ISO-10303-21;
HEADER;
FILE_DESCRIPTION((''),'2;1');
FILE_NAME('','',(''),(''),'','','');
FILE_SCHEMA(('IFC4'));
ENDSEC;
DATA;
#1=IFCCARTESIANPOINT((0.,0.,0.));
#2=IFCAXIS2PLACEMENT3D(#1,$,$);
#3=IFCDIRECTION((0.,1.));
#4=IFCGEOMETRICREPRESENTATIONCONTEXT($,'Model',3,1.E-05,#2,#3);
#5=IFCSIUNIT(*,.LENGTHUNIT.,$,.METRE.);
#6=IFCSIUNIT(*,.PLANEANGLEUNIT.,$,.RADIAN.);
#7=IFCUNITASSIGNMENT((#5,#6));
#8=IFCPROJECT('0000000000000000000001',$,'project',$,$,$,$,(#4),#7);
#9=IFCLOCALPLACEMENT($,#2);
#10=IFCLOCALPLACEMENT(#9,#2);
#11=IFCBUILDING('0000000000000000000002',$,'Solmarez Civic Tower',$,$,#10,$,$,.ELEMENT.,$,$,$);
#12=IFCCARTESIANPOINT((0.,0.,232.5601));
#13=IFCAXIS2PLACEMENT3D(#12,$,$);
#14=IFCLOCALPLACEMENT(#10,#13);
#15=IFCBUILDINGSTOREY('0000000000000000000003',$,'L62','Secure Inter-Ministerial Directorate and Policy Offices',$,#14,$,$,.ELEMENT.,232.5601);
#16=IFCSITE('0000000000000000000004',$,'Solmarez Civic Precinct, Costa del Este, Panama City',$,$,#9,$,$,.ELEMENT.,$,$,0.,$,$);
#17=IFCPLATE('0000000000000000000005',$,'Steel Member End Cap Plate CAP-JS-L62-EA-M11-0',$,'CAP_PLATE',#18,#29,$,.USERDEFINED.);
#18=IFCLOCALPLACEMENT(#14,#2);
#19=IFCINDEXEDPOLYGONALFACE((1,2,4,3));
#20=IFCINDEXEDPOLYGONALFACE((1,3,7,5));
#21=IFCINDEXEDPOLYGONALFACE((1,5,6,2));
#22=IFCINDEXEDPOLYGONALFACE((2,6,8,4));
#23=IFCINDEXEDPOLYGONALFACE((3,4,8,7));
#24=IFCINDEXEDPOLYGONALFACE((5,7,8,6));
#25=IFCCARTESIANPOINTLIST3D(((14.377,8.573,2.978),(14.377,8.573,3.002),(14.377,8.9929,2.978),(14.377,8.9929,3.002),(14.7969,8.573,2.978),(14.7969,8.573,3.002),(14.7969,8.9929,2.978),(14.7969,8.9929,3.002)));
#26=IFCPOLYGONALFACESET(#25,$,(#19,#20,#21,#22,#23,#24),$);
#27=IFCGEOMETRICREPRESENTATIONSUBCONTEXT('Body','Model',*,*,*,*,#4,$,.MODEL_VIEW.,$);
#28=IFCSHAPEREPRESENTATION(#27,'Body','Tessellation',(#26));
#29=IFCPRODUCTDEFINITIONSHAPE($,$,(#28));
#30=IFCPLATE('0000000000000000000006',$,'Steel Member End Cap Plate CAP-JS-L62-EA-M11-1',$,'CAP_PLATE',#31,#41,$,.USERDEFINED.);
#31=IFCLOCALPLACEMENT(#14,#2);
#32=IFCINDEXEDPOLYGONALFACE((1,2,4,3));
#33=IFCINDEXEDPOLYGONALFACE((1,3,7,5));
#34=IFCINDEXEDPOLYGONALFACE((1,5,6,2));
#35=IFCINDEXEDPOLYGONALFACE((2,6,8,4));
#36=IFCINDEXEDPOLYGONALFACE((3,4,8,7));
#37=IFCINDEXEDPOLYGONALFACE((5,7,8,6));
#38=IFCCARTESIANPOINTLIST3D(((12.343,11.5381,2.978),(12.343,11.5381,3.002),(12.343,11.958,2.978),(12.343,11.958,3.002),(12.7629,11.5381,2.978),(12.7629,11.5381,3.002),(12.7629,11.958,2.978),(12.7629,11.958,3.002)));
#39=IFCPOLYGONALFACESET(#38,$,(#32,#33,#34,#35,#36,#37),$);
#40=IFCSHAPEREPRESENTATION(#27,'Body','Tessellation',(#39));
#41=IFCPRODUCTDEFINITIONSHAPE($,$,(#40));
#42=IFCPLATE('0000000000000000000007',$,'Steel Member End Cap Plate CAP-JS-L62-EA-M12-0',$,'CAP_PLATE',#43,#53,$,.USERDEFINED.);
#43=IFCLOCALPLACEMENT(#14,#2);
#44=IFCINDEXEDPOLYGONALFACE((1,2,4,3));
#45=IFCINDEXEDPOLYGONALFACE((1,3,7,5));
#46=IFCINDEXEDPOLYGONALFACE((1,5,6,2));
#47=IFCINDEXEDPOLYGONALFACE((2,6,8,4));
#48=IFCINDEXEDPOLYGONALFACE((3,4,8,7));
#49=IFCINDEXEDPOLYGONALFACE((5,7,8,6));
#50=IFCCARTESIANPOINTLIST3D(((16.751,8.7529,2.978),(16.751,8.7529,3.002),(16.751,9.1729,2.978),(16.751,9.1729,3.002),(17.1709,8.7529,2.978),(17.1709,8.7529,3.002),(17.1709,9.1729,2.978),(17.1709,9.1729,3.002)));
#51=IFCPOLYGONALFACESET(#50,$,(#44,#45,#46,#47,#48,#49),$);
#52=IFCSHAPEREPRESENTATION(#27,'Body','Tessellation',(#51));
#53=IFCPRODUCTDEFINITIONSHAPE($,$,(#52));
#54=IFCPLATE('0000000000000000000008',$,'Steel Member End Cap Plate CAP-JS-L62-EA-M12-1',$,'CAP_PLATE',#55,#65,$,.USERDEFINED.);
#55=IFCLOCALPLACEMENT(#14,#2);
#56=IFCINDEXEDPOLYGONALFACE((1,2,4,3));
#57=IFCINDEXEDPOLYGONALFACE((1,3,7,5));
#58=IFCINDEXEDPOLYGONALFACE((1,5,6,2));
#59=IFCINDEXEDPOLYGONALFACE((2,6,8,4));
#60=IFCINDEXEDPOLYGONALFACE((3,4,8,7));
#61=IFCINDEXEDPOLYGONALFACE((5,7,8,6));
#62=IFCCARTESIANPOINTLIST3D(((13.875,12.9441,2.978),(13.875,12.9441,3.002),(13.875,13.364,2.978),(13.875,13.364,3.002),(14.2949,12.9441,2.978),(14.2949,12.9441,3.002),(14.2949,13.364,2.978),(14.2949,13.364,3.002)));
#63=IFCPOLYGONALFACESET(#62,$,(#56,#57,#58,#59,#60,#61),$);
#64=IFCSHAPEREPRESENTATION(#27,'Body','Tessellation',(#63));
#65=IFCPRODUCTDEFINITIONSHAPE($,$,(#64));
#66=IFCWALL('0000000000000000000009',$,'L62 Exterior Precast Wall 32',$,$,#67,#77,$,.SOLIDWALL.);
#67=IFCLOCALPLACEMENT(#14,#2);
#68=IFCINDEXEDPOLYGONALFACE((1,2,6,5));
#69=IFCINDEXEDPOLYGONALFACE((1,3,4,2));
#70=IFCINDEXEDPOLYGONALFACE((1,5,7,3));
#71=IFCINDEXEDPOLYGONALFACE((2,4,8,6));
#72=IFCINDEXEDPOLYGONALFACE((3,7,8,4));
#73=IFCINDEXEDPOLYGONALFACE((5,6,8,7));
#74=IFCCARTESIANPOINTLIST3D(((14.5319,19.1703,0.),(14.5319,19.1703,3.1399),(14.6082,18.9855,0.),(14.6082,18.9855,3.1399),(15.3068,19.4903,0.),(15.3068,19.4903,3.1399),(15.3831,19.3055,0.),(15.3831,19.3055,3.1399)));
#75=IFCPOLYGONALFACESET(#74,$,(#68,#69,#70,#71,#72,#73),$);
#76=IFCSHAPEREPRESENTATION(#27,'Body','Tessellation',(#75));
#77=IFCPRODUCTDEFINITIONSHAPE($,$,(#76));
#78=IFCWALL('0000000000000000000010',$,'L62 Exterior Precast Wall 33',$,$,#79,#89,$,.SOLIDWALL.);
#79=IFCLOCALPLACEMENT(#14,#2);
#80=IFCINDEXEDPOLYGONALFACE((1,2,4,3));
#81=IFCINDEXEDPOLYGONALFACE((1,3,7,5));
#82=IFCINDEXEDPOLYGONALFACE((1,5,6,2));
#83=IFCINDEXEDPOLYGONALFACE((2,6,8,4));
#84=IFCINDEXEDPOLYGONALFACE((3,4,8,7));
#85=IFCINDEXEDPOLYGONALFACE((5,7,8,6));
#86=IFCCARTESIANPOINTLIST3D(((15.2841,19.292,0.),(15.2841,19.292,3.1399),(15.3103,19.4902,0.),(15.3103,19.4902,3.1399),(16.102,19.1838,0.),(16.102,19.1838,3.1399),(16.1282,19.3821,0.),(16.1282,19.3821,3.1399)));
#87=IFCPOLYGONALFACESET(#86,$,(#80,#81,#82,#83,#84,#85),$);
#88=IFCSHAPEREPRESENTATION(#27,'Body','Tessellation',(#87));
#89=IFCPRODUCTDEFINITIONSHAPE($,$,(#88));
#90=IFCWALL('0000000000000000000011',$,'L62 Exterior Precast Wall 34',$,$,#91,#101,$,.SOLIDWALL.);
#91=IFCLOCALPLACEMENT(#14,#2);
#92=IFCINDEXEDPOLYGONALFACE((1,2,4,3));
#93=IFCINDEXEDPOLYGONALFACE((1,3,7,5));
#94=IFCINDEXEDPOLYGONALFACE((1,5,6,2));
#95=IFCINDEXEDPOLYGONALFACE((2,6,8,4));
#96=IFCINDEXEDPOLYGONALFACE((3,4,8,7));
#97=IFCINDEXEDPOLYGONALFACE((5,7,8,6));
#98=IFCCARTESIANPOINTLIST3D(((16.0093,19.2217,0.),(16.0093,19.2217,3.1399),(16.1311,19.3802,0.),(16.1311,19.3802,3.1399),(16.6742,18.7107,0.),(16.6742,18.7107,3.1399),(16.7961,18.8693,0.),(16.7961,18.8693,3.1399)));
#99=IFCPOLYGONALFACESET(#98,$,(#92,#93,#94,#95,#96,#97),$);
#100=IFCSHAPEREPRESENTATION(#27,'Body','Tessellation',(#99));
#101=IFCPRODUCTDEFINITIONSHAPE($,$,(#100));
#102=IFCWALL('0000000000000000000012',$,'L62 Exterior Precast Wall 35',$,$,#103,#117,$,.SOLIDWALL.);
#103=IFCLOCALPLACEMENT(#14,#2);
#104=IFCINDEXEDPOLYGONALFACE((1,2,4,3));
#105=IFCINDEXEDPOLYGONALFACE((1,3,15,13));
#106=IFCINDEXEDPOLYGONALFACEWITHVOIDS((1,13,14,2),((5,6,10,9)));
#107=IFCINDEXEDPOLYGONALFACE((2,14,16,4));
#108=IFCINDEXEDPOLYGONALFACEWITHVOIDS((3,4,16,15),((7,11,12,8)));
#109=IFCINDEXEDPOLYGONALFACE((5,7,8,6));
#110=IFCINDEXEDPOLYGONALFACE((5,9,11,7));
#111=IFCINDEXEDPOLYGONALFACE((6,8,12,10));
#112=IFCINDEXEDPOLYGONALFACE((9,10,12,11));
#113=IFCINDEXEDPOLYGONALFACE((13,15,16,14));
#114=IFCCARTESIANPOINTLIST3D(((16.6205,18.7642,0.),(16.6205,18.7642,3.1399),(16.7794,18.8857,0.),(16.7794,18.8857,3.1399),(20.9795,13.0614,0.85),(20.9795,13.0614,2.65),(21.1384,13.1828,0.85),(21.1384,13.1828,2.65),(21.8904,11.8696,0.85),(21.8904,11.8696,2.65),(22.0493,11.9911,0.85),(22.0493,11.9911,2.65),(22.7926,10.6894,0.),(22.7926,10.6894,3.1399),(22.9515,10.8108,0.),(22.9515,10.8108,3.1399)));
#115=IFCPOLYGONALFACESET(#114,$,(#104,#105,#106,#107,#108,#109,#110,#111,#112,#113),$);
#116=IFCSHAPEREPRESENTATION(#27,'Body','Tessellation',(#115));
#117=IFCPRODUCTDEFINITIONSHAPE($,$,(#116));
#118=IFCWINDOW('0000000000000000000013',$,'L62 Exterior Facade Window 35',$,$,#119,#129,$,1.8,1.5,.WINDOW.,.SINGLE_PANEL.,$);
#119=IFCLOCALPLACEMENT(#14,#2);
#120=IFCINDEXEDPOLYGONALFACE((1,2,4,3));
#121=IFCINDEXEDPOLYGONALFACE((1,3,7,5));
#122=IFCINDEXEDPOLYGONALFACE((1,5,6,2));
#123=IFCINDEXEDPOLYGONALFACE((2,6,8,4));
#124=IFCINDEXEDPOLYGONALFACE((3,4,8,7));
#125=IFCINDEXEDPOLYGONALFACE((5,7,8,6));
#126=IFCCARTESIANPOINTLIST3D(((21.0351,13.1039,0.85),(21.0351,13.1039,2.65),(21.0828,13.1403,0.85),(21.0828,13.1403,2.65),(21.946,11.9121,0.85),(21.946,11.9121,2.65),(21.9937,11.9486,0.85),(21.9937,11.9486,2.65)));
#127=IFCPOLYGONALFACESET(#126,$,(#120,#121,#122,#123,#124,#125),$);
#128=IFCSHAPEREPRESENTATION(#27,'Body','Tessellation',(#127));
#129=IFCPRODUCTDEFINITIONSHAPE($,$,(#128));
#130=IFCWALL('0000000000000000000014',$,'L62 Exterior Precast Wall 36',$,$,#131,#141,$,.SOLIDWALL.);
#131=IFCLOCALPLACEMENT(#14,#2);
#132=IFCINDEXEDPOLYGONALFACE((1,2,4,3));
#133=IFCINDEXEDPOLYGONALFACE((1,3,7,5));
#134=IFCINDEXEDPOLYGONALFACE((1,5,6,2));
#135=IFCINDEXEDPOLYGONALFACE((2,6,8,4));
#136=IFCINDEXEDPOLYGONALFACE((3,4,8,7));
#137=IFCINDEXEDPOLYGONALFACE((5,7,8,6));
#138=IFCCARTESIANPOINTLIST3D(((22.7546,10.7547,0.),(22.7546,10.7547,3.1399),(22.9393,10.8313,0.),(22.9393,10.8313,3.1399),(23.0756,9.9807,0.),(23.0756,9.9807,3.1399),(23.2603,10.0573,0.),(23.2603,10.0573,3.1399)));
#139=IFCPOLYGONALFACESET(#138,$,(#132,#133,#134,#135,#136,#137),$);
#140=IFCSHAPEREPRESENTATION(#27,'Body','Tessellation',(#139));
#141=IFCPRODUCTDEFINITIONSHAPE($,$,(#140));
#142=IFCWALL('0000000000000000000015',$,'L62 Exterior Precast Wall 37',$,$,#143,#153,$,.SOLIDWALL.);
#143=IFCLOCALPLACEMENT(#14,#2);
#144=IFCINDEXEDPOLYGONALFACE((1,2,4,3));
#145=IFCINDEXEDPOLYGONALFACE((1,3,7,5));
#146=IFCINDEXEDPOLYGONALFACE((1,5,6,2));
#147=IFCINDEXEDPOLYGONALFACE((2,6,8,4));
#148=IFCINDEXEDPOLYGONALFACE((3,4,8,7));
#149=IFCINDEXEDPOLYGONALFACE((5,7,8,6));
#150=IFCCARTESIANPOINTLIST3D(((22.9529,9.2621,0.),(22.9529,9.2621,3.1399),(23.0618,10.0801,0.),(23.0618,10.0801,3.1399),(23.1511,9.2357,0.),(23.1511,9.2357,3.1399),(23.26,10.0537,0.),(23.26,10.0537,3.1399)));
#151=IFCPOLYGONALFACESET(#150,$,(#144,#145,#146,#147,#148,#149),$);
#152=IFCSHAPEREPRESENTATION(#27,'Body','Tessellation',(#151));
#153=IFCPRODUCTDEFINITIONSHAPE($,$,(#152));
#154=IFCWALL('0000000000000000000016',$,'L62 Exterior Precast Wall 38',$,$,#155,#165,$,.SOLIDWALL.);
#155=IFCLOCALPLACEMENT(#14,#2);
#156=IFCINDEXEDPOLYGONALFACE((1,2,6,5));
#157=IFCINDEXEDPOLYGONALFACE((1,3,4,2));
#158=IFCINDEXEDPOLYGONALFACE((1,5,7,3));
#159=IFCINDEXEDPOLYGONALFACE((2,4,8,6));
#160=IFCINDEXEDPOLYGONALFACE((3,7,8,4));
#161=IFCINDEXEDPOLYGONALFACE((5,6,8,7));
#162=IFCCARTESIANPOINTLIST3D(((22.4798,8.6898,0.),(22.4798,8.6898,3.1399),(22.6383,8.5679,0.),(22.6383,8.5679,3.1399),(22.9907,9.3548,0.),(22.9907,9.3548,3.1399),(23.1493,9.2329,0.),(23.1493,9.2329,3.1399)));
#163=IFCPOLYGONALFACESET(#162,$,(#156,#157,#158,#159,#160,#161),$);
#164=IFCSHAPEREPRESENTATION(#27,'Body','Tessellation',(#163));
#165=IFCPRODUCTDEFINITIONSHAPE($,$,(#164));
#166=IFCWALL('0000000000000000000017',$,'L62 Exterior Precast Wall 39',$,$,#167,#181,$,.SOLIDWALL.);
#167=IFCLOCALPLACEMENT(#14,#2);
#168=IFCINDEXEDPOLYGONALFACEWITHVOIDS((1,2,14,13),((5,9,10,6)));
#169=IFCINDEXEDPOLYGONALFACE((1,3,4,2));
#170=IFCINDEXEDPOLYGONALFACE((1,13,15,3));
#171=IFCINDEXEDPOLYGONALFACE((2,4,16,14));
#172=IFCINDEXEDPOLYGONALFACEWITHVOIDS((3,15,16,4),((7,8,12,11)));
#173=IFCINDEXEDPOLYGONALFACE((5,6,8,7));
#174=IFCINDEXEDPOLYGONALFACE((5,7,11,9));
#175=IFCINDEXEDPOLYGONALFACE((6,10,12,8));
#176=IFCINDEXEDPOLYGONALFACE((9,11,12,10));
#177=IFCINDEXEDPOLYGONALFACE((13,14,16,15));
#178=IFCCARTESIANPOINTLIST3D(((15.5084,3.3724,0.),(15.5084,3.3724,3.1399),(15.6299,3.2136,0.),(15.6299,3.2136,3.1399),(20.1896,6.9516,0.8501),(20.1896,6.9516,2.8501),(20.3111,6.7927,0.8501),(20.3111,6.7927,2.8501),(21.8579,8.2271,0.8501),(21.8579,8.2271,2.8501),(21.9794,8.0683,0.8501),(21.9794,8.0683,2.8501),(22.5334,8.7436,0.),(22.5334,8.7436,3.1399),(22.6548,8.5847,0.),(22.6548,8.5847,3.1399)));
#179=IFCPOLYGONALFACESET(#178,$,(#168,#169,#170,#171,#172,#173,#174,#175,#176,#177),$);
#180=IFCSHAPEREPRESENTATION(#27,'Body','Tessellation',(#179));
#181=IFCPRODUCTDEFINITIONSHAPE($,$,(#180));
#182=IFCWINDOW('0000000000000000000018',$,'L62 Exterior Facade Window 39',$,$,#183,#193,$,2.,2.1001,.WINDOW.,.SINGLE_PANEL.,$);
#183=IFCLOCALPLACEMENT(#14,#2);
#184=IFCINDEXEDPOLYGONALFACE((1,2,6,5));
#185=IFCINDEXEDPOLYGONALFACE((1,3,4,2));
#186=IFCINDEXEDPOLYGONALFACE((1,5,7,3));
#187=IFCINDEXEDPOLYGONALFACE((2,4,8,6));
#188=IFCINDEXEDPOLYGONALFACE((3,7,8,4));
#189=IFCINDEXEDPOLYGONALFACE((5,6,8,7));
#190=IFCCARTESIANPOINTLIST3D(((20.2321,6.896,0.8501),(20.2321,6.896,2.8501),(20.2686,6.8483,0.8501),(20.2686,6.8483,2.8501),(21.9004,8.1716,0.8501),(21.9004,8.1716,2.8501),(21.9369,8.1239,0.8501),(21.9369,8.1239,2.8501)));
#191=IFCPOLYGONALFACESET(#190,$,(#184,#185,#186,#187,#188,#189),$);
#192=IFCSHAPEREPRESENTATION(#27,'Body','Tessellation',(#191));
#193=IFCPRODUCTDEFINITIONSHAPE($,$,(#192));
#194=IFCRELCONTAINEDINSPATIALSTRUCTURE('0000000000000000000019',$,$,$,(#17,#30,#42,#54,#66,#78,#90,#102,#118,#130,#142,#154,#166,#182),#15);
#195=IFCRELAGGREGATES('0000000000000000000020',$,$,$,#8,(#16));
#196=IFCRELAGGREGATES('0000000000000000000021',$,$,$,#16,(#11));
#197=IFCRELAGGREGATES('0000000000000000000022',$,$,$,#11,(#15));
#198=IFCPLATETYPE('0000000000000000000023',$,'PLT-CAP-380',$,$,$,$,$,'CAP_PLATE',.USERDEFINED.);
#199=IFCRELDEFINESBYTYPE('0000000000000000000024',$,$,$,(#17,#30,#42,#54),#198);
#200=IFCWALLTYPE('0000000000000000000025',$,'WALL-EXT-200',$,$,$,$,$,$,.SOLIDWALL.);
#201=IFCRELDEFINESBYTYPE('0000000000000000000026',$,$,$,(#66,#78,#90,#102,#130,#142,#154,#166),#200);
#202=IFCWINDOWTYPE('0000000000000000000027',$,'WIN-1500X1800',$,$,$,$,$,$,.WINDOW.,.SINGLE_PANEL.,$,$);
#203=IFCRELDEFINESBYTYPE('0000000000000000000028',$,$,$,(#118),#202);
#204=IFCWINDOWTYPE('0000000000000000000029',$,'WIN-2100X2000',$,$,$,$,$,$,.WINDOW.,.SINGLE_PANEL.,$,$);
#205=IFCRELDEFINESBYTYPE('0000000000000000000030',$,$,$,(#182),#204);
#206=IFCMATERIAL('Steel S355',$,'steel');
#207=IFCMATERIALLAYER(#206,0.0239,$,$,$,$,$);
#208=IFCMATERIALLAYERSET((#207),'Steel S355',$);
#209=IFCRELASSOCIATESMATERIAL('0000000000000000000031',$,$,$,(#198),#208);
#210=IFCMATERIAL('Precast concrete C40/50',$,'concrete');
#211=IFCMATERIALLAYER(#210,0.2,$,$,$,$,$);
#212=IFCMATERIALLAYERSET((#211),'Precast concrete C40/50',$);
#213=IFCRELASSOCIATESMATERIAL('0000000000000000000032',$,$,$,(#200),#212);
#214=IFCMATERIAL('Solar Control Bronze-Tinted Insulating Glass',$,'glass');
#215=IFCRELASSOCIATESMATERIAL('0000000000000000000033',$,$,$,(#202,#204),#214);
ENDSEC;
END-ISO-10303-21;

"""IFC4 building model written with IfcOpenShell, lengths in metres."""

from ifc_helpers import new_model, si_unit, direction, frame, frame_2d, origin, origin_2d, place, context, subcontext, project, spatial, rectangle, extrude, material, layer, layer_set, type_object, element, fill, save


model = new_model("IFC4")

# Units and contexts
model_context = context("Model", 3, precision=1e-05, world=origin(), true_north=direction((0.0, 1.0)))
body_context = subcontext(model_context, "Body", "Model", "MODEL_VIEW")
ifc_project = project(units=[si_unit("LENGTHUNIT", "METRE"), si_unit("PLANEANGLEUNIT", "RADIAN")], contexts=[model_context])

# Site, building, storey
site_placement = place(None, origin())
site = spatial("IfcSite", under=ifc_project, at=site_placement, Name="Solmarez Civic Precinct, Costa del Este, Panama City", CompositionType="ELEMENT", RefElevation=0.0)
building_placement = place(site_placement, origin())
building = spatial("IfcBuilding", under=site, at=building_placement, Name="Solmarez Civic Tower", CompositionType="ELEMENT")
storey_placement = place(building_placement, frame((0.0, 0.0, 232.5601)))
storey = spatial("IfcBuildingStorey", under=building, at=storey_placement, Name="L62", Description="Secure Inter-Ministerial Directorate and Policy Offices", CompositionType="ELEMENT", Elevation=232.5601)

# Shared definitions
ifc_material_1 = material(Name="Steel S355", Category="steel")

# Plates
ifc_layer_1 = layer(ifc_material_1, 0.0239)
ifc_layer_set_1 = layer_set([ifc_layer_1], Name="Steel S355")
plate_type_1 = type_object("IfcPlateType", Name="PLT-CAP-380", ElementType="CAP_PLATE", PredefinedType="USERDEFINED", material=ifc_layer_set_1)
for number, where, z_axis, x_axis, name in (
    (1, (14.5869, 8.783, 2.978), (0.0, 0.0, 1.0), (1.0, 0.0, 0.0), "Steel Member End Cap Plate CAP-JS-L62-EA-M11-0"),
    (2, (12.553, 11.748, 2.978), (0.0, 0.0, 1.0), (1.0, 0.0, 0.0), "Steel Member End Cap Plate CAP-JS-L62-EA-M11-1"),
    (3, (16.9609, 8.9629, 2.978), (0.0, 0.0, 1.0), (1.0, 0.0, 0.0), "Steel Member End Cap Plate CAP-JS-L62-EA-M12-0"),
    (4, (14.085, 13.1541, 2.978), (0.0, 0.0, 1.0), (1.0, 0.0, 0.0), "Steel Member End Cap Plate CAP-JS-L62-EA-M12-1"),
):
    element("IfcPlate", number, at=place(storey_placement, frame(where, z_axis=z_axis, x_axis=x_axis)), inside=storey, type_object=plate_type_1, Name=name, ObjectType="CAP_PLATE", PredefinedType="USERDEFINED", context=body_context, shape_type="SweptSolid", body=[
        extrude(rectangle(XDim=0.4199, YDim=0.4199, at=origin_2d()), origin(), (0.0, 0.0, 1.0), 0.0239),
    ])

# Walls
ifc_material_2 = material(Name="Precast concrete C40/50", Category="concrete")
ifc_layer_2 = layer(ifc_material_2, 0.2)
ifc_layer_set_2 = layer_set([ifc_layer_2], Name="Precast concrete C40/50")
wall_type_1 = type_object("IfcWallType", Name="WALL-EXT-200", PredefinedType="SOLIDWALL", material=ifc_layer_set_2)
wall_1_placement = place(storey_placement, frame((14.5701, 19.0779, 0.0), z_axis=(0.0, 0.0, 1.0), x_axis=(0.924261, 0.38176, 0.0)))
element("IfcWall", 5, at=wall_1_placement, inside=storey, type_object=wall_type_1, Name="L62 Exterior Precast Wall 32", PredefinedType="SOLIDWALL", context=body_context, shape_type="SweptSolid", body=[
    extrude(rectangle(XDim=0.8384, YDim=0.2, at=frame_2d((0.4192, 0.0))), origin(), (0.0, 0.0, 1.0), 3.1399),
])
wall_2_placement = place(storey_placement, frame((15.2971, 19.3911, 0.0), z_axis=(0.0, 0.0, 1.0), x_axis=(0.991369, -0.131098, 0.0)))
element("IfcWall", 6, at=wall_2_placement, inside=storey, type_object=wall_type_1, Name="L62 Exterior Precast Wall 33", PredefinedType="SOLIDWALL", context=body_context, shape_type="SweptSolid", body=[
    extrude(rectangle(XDim=0.825, YDim=0.2, at=frame_2d((0.4126, 0.0))), origin(), (0.0, 0.0, 1.0), 3.1399),
])
wall_3_placement = place(storey_placement, frame((16.0701, 19.301, 0.0), z_axis=(0.0, 0.0, 1.0), x_axis=(0.792959, -0.609275, 0.0)))
element("IfcWall", 7, at=wall_3_placement, inside=storey, type_object=wall_type_1, Name="L62 Exterior Precast Wall 34", PredefinedType="SOLIDWALL", context=body_context, shape_type="SweptSolid", body=[
    extrude(rectangle(XDim=0.8386, YDim=0.2, at=frame_2d((0.4194, 0.0))), origin(), (0.0, 0.0, 1.0), 3.1399),
])

# Wall, opening, window
wall_4_placement = place(storey_placement, frame((16.7, 18.825, 0.0), z_axis=(0.0, 0.0, 1.0), x_axis=(0.607274, -0.794493, 0.0)))
wall_4 = element("IfcWall", 8, at=wall_4_placement, inside=storey, type_object=wall_type_1, Name="L62 Exterior Precast Wall 35", PredefinedType="SOLIDWALL", context=body_context, shape_type="SweptSolid", body=[
    extrude(rectangle(XDim=10.1636, YDim=0.2, at=frame_2d((5.0818, 0.0))), origin(), (0.0, 0.0, 1.0), 3.1399),
])
opening_1_placement = place(wall_4_placement, frame((7.178, 0.0, 0.8501)))
opening_1 = element("IfcOpeningElement", 9, at=opening_1_placement, cuts=wall_4, PredefinedType="OPENING", context=body_context, shape_type="SweptSolid", body=[
    extrude(rectangle(XDim=1.5, YDim=1.8, at=frame_2d((0.75, 0.8999))), frame((0.0, 0.1099, 0.0), z_axis=(0.0, -1.0, 0.0), x_axis=(1.0, 0.0, 0.0)), (0.0, 0.0, 1.0), 0.22),
])
ifc_material_3 = material(Name="Solar Control Bronze-Tinted Insulating Glass", Category="glass")
window_type_1 = type_object("IfcWindowType", Name="WIN-1500X1800", PartitioningType="SINGLE_PANEL", PredefinedType="WINDOW", material=ifc_material_3)
window_1_placement = place(opening_1_placement, origin())
window_1 = element("IfcWindow", 10, at=window_1_placement, inside=storey, type_object=window_type_1, Name="L62 Exterior Facade Window 35", OverallHeight=1.8, OverallWidth=1.5, PartitioningType="SINGLE_PANEL", PredefinedType="WINDOW", context=body_context, shape_type="SweptSolid", body=[
    extrude(rectangle(XDim=1.5, YDim=1.8, at=frame_2d((0.75, 0.8999))), frame((0.0, 0.03, 0.0), z_axis=(0.0, -1.0, 0.0), x_axis=(1.0, 0.0, 0.0)), (0.0, 0.0, 1.0), 0.0601),
])
fill(opening_1, window_1)

# Walls
wall_5_placement = place(storey_placement, frame((22.8469, 10.793, 0.0), z_axis=(0.0, 0.0, 1.0), x_axis=(0.383167, -0.923679, 0.0)))
element("IfcWall", 11, at=wall_5_placement, inside=storey, type_object=wall_type_1, Name="L62 Exterior Precast Wall 36", PredefinedType="SOLIDWALL", context=body_context, shape_type="SweptSolid", body=[
    extrude(rectangle(XDim=0.8379, YDim=0.2, at=frame_2d((0.4189, 0.0))), origin(), (0.0, 0.0, 1.0), 3.1399),
])
wall_6_placement = place(storey_placement, frame((23.1609, 10.0669, 0.0), z_axis=(0.0, 0.0, 1.0), x_axis=(-0.13197, -0.991254, 0.0)))
element("IfcWall", 12, at=wall_6_placement, inside=storey, type_object=wall_type_1, Name="L62 Exterior Precast Wall 37", PredefinedType="SOLIDWALL", context=body_context, shape_type="SweptSolid", body=[
    extrude(rectangle(XDim=0.8252, YDim=0.2, at=frame_2d((0.4126, 0.0))), origin(), (0.0, 0.0, 1.0), 3.1399),
])
wall_7_placement = place(storey_placement, frame((23.0701, 9.2939, 0.0), z_axis=(0.0, 0.0, 1.0), x_axis=(-0.609275, -0.792959, 0.0)))
element("IfcWall", 13, at=wall_7_placement, inside=storey, type_object=wall_type_1, Name="L62 Exterior Precast Wall 38", PredefinedType="SOLIDWALL", context=body_context, shape_type="SweptSolid", body=[
    extrude(rectangle(XDim=0.8386, YDim=0.2, at=frame_2d((0.4194, 0.0))), origin(), (0.0, 0.0, 1.0), 3.1399),
])

# Wall, opening, window
wall_8_placement = place(storey_placement, frame((22.594, 8.6641, 0.0), z_axis=(0.0, 0.0, 1.0), x_axis=(-0.794406, -0.607387, 0.0)))
wall_8 = element("IfcWall", 14, at=wall_8_placement, inside=storey, type_object=wall_type_1, Name="L62 Exterior Precast Wall 39", PredefinedType="SOLIDWALL", context=body_context, shape_type="SweptSolid", body=[
    extrude(rectangle(XDim=8.843, YDim=0.2, at=frame_2d((4.4214, 0.0))), origin(), (0.0, 0.0, 1.0), 3.1399),
])
opening_2_placement = place(wall_8_placement, frame((0.8501, 0.0, 0.8501)))
opening_2 = element("IfcOpeningElement", 15, at=opening_2_placement, cuts=wall_8, PredefinedType="OPENING", context=body_context, shape_type="SweptSolid", body=[
    extrude(rectangle(XDim=2.1001, YDim=2.0, at=frame_2d((1.05, 1.0))), frame((0.0, 0.1099, 0.0), z_axis=(0.0, -1.0, 0.0), x_axis=(1.0, 0.0, 0.0)), (0.0, 0.0, 1.0), 0.22),
])
window_type_2 = type_object("IfcWindowType", Name="WIN-2100X2000", PartitioningType="SINGLE_PANEL", PredefinedType="WINDOW", material=ifc_material_3)
window_2_placement = place(opening_2_placement, origin())
window_2 = element("IfcWindow", 16, at=window_2_placement, inside=storey, type_object=window_type_2, Name="L62 Exterior Facade Window 39", OverallHeight=2.0, OverallWidth=2.1001, PartitioningType="SINGLE_PANEL", PredefinedType="WINDOW", context=body_context, shape_type="SweptSolid", body=[
    extrude(rectangle(XDim=2.1001, YDim=2.0, at=frame_2d((1.05, 1.0))), frame((0.0, 0.03, 0.0), z_axis=(0.0, -1.0, 0.0), x_axis=(1.0, 0.0, 0.0)), (0.0, 0.0, 1.0), 0.0601),
])
fill(opening_2, window_2)

save(model, "model.ifc")
